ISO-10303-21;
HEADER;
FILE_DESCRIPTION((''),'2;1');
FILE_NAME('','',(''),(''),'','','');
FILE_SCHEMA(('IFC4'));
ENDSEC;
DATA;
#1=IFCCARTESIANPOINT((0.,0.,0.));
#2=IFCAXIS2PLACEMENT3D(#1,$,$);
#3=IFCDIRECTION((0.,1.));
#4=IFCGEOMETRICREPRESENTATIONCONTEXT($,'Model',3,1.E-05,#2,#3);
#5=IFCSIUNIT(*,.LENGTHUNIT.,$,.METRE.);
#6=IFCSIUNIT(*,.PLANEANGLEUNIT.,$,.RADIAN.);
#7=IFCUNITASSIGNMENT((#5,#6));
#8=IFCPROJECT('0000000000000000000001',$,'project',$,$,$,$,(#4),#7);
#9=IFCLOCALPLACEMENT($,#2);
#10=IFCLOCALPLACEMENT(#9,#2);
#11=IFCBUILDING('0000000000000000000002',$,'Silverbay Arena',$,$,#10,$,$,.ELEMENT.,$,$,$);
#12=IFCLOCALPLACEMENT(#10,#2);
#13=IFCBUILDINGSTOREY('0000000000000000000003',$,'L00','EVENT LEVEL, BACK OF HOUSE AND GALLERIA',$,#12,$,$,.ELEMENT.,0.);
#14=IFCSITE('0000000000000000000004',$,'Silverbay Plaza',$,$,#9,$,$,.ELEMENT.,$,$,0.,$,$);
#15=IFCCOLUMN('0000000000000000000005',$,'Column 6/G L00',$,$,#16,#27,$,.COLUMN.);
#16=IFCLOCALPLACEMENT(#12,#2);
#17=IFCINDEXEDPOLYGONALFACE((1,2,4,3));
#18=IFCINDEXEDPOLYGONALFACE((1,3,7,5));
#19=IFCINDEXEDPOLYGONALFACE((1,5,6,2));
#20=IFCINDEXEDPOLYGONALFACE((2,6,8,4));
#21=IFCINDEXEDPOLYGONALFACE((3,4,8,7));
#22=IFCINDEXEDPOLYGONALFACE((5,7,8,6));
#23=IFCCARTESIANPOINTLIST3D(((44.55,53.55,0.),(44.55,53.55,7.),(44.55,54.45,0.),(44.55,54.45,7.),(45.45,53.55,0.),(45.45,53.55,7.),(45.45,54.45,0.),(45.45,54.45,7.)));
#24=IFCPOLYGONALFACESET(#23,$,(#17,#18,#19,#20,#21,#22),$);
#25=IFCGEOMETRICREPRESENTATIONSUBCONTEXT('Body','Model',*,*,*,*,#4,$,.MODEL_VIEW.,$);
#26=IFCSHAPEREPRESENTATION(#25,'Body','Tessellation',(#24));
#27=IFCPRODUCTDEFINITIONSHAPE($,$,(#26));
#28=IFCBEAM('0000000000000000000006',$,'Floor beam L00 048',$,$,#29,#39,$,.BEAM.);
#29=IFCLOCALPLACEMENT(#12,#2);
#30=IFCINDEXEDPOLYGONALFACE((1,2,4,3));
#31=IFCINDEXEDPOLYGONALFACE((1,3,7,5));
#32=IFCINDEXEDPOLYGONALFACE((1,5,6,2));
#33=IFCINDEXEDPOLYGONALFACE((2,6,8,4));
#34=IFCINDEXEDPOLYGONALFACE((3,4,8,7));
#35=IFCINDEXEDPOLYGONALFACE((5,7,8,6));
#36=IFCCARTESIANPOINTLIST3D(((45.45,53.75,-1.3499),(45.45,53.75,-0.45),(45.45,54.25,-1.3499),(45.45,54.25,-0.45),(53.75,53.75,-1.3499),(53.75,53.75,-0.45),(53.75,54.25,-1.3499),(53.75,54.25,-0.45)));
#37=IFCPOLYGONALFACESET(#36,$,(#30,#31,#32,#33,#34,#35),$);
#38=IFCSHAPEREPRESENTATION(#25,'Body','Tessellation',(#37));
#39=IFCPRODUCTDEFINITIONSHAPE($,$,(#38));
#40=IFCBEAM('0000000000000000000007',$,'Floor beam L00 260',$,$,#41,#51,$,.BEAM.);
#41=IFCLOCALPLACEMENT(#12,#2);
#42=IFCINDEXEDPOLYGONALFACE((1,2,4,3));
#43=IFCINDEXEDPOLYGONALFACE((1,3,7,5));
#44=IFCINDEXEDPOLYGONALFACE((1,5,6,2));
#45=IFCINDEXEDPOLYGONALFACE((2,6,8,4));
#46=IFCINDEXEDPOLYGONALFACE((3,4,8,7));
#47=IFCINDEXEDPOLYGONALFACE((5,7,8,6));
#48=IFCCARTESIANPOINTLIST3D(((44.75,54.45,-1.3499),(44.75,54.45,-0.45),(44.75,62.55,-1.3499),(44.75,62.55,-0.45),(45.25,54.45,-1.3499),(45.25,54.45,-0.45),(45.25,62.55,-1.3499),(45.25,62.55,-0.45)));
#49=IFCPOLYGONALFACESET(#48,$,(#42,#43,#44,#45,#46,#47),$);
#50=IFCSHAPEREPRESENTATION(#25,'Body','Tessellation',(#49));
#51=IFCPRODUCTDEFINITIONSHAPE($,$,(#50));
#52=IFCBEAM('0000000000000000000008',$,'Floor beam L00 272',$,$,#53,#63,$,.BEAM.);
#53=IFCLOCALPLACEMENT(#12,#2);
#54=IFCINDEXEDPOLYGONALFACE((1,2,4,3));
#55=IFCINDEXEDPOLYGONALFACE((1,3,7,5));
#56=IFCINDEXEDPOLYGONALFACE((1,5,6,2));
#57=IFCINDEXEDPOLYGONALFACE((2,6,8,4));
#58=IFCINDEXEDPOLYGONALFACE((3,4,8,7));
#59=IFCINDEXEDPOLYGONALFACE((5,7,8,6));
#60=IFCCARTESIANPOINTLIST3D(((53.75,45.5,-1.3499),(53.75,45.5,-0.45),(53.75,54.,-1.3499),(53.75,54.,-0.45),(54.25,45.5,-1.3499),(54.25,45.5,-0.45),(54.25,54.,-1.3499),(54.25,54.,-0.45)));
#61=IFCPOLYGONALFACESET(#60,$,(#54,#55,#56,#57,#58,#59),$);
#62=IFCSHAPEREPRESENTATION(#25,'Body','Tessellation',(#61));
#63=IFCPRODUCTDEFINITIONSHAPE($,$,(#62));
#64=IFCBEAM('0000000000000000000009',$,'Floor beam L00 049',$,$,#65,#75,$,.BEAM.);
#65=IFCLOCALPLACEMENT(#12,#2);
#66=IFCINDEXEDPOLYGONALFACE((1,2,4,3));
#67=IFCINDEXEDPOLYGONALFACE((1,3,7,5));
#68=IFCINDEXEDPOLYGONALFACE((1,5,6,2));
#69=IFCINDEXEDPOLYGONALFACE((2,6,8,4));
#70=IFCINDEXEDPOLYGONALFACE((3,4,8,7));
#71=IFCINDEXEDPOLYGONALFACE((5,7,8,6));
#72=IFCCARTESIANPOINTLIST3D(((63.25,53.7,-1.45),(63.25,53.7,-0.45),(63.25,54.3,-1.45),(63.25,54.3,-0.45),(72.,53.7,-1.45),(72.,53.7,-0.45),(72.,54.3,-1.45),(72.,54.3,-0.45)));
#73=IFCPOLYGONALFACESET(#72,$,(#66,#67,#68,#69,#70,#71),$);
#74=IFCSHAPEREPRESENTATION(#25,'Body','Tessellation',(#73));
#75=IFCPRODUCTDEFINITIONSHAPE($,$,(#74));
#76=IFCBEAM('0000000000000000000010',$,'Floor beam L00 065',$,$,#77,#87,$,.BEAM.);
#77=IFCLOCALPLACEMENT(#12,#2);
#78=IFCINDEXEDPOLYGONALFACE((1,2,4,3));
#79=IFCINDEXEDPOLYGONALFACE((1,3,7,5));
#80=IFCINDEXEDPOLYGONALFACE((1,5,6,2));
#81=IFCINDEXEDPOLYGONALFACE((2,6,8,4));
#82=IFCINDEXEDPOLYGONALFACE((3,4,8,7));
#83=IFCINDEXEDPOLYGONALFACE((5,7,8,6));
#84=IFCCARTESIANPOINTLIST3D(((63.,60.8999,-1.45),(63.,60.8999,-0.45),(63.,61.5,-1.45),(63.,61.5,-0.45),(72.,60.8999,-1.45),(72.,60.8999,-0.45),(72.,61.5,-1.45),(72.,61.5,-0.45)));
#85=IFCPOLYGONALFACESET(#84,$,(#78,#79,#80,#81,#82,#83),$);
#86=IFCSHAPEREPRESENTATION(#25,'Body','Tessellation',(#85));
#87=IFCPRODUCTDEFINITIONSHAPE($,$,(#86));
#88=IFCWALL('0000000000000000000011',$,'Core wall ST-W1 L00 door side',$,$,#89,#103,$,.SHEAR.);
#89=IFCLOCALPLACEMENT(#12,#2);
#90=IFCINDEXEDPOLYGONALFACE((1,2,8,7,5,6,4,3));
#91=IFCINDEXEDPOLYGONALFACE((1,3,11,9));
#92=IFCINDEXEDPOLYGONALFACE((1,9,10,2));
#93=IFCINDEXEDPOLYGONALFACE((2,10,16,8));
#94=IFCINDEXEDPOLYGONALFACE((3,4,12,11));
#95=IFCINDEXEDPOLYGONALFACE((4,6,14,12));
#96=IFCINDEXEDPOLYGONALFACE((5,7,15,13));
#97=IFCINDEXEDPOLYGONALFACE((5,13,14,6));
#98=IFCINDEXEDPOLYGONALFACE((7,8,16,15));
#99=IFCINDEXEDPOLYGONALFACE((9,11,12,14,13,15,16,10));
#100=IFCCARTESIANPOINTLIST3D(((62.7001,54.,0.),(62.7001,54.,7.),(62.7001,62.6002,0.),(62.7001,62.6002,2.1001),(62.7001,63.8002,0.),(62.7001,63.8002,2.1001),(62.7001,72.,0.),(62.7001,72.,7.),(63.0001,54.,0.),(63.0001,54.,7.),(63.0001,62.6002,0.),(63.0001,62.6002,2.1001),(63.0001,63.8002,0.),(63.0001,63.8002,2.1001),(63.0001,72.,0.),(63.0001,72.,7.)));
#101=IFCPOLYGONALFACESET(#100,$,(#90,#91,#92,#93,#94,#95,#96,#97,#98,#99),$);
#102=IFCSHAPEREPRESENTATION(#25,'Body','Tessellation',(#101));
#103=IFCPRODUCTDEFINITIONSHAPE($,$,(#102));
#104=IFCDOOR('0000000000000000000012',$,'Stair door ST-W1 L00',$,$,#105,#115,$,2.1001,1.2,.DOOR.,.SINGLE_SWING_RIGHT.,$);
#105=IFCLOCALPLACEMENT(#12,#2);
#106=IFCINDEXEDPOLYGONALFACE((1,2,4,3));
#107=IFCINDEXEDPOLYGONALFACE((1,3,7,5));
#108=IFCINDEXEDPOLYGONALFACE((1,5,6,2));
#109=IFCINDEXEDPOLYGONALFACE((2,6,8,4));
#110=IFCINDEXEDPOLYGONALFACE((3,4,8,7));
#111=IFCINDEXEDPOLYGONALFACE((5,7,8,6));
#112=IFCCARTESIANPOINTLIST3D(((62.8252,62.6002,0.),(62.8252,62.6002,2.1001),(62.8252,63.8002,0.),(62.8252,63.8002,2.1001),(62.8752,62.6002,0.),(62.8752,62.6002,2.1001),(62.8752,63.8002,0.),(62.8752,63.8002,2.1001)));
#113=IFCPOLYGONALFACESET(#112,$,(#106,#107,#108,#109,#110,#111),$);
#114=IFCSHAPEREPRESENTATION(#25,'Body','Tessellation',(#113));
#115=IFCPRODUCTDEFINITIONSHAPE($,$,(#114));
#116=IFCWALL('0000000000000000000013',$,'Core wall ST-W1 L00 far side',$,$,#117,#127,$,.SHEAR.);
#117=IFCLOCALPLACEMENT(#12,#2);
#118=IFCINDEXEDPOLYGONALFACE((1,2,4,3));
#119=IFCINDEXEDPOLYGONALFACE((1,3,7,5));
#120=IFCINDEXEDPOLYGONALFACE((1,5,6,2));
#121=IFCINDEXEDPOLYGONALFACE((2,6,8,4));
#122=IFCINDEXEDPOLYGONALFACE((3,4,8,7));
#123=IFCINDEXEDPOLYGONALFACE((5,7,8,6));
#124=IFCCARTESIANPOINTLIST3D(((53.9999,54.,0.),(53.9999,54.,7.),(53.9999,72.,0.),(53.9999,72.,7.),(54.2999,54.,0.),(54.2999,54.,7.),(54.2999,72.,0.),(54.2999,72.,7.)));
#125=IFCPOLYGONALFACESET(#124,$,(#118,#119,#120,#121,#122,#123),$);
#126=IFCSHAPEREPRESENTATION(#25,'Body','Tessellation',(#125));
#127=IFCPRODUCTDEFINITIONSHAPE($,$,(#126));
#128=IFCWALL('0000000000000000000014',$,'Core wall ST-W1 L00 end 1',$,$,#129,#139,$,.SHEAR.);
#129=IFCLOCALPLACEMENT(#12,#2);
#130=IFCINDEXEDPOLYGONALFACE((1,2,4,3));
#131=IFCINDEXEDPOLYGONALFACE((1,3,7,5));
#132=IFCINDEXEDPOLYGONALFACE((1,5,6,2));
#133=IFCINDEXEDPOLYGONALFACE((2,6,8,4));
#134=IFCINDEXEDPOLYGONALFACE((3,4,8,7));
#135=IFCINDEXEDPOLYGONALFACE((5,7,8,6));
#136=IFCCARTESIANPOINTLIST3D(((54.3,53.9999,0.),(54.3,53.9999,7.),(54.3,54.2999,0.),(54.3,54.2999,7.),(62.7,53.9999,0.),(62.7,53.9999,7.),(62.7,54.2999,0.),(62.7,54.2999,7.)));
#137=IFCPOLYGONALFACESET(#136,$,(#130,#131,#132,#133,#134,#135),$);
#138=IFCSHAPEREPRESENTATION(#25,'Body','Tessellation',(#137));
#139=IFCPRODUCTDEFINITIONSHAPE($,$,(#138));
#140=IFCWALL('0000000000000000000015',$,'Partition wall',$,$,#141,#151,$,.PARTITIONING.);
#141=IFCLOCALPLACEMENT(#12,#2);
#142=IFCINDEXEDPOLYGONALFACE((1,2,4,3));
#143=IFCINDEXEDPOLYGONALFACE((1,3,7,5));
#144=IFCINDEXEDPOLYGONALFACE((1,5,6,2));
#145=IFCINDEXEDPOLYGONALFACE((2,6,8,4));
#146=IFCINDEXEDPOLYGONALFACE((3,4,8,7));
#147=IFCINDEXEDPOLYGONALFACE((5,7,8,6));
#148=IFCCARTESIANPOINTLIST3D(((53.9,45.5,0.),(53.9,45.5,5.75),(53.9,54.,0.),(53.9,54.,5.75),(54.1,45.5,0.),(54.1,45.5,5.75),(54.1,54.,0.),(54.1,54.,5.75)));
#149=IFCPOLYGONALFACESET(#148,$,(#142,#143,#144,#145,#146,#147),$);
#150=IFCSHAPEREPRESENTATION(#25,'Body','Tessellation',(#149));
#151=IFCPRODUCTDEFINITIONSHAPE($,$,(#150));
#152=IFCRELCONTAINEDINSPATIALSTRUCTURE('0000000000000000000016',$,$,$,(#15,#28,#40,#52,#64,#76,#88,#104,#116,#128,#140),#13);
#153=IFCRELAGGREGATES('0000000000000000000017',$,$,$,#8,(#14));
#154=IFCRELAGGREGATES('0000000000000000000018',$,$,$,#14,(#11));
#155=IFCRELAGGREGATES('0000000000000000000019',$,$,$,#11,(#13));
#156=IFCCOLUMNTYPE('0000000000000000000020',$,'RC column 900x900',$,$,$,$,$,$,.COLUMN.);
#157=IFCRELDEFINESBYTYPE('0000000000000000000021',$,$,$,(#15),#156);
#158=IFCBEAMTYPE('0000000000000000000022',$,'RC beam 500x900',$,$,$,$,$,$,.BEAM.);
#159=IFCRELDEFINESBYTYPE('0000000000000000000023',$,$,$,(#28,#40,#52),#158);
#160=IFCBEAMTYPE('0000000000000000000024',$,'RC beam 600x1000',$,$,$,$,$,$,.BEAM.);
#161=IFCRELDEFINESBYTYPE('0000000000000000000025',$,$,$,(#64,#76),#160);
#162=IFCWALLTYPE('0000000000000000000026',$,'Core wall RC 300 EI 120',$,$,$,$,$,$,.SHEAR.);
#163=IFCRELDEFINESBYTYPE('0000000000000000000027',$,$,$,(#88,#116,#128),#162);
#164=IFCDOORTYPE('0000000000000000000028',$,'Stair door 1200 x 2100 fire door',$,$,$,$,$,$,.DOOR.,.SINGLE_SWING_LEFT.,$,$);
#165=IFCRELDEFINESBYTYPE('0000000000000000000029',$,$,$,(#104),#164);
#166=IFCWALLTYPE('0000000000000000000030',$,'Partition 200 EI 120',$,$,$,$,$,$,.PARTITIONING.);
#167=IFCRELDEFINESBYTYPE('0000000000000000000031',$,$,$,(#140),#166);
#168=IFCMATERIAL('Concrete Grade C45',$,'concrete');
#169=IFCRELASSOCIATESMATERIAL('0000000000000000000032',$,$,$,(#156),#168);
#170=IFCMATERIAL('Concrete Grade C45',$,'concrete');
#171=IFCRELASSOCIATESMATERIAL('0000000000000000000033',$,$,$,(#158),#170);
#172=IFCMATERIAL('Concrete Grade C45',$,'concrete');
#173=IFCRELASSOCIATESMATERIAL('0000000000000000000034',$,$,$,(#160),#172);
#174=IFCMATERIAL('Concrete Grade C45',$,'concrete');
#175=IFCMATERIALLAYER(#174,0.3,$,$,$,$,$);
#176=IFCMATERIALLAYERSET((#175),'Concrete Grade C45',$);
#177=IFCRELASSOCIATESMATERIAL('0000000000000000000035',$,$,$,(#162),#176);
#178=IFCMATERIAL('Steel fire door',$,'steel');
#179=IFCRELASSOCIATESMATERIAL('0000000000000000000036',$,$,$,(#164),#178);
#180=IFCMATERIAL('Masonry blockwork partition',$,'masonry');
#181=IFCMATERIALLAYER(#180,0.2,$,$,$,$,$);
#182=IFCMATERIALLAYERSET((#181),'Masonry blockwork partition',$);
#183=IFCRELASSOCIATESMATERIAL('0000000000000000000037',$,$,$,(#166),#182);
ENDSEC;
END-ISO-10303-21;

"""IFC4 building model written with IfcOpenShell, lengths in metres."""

from ifc_helpers import new_model, si_unit, direction, frame, frame_2d, origin, origin_2d, place, context, subcontext, project, spatial, rectangle, extrude, material, layer, layer_set, material_profile, profile_set, type_object, element, fill, save


model = new_model("IFC4")

# Units and contexts
model_context = context("Model", 3, precision=1e-05, world=origin(), true_north=direction((0.0, 1.0)))
body_context = subcontext(model_context, "Body", "Model", "MODEL_VIEW")
ifc_project = project(units=[si_unit("LENGTHUNIT", "METRE"), si_unit("PLANEANGLEUNIT", "RADIAN")], contexts=[model_context])

# Site, building, storey
site_placement = place(None, origin())
site = spatial("IfcSite", under=ifc_project, at=site_placement, Name="Silverbay Plaza", CompositionType="ELEMENT", RefElevation=0.0)
building_placement = place(site_placement, origin())
building = spatial("IfcBuilding", under=site, at=building_placement, Name="Silverbay Arena", CompositionType="ELEMENT")
storey_placement = place(building_placement, origin())
storey = spatial("IfcBuildingStorey", under=building, at=storey_placement, Name="L00", Description="EVENT LEVEL, BACK OF HOUSE AND GALLERIA", CompositionType="ELEMENT", Elevation=0.0)

# Column
ifc_material_1 = material(Name="Concrete Grade C45", Category="concrete")
ifc_material_profile_1 = material_profile(ifc_material_1, rectangle(XDim=0.8999, YDim=0.8999, at=origin_2d()), Name="RC 900x900")
ifc_profile_set_1 = profile_set([ifc_material_profile_1], Name="Concrete Grade C45")
column_type = type_object("IfcColumnType", Name="RC column 900x900", PredefinedType="COLUMN", material=ifc_profile_set_1)
column_placement = place(storey_placement, frame((45.0, 54.0, 0.0), z_axis=(0.0, 0.0, 1.0), x_axis=(1.0, 0.0, 0.0)))
element("IfcColumn", 1, at=column_placement, inside=storey, type_object=column_type, Name="Column 6/G L00", PredefinedType="COLUMN", context=body_context, shape_type="SweptSolid", body=[
    extrude(rectangle(XDim=0.8999, YDim=0.8999, at=origin_2d()), origin(), (0.0, 0.0, 1.0), 7.0),
])

# Beams
ifc_material_2 = material(Name="Concrete Grade C45", Category="concrete")
ifc_material_profile_2 = material_profile(ifc_material_2, rectangle(XDim=0.5, YDim=0.8999, at=origin_2d()), Name="RC 500x900")
ifc_profile_set_2 = profile_set([ifc_material_profile_2], Name="Concrete Grade C45")
beam_type_1 = type_object("IfcBeamType", Name="RC beam 500x900", PredefinedType="BEAM", material=ifc_profile_set_2)
beam_1_placement = place(storey_placement, frame((45.45, 54.0, -0.8999), z_axis=(1.0, 0.0, 0.0), x_axis=(0.0, 1.0, 0.0)))
element("IfcBeam", 2, at=beam_1_placement, inside=storey, type_object=beam_type_1, Name="Floor beam L00 048", PredefinedType="BEAM", context=body_context, shape_type="SweptSolid", body=[
    extrude(rectangle(XDim=0.5, YDim=0.8999, at=origin_2d()), origin(), (0.0, 0.0, 1.0), 8.3),
])
beam_2_placement = place(storey_placement, frame((45.0, 54.45, -0.8999), z_axis=(0.0, 1.0, 0.0), x_axis=(-1.0, 0.0, 0.0)))
element("IfcBeam", 3, at=beam_2_placement, inside=storey, type_object=beam_type_1, Name="Floor beam L00 260", PredefinedType="BEAM", context=body_context, shape_type="SweptSolid", body=[
    extrude(rectangle(XDim=0.5, YDim=0.8999, at=origin_2d()), origin(), (0.0, 0.0, 1.0), 8.1001),
])
beam_3_placement = place(storey_placement, frame((54.0, 45.5, -0.8999), z_axis=(0.0, 1.0, 0.0), x_axis=(-1.0, 0.0, 0.0)))
element("IfcBeam", 4, at=beam_3_placement, inside=storey, type_object=beam_type_1, Name="Floor beam L00 272", PredefinedType="BEAM", context=body_context, shape_type="SweptSolid", body=[
    extrude(rectangle(XDim=0.5, YDim=0.8999, at=origin_2d()), origin(), (0.0, 0.0, 1.0), 8.5),
])
ifc_material_3 = material(Name="Concrete Grade C45", Category="concrete")
ifc_material_profile_3 = material_profile(ifc_material_3, rectangle(XDim=0.6001, YDim=1.0, at=origin_2d()), Name="RC 600x1000")
ifc_profile_set_3 = profile_set([ifc_material_profile_3], Name="Concrete Grade C45")
beam_type_2 = type_object("IfcBeamType", Name="RC beam 600x1000", PredefinedType="BEAM", material=ifc_profile_set_3)
beam_4_placement = place(storey_placement, frame((63.25, 54.0, -0.95), z_axis=(1.0, 0.0, 0.0), x_axis=(0.0, 1.0, 0.0)))
element("IfcBeam", 5, at=beam_4_placement, inside=storey, type_object=beam_type_2, Name="Floor beam L00 049", PredefinedType="BEAM", context=body_context, shape_type="SweptSolid", body=[
    extrude(rectangle(XDim=0.6001, YDim=1.0, at=origin_2d()), origin(), (0.0, 0.0, 1.0), 8.75),
])
beam_5_placement = place(storey_placement, frame((63.0, 61.2, -0.95), z_axis=(1.0, 0.0, 0.0), x_axis=(0.0, 1.0, 0.0)))
element("IfcBeam", 6, at=beam_5_placement, inside=storey, type_object=beam_type_2, Name="Floor beam L00 065", PredefinedType="BEAM", context=body_context, shape_type="SweptSolid", body=[
    extrude(rectangle(XDim=0.6001, YDim=1.0, at=origin_2d()), origin(), (0.0, 0.0, 1.0), 9.0),
])

# Wall, opening, door
ifc_material_4 = material(Name="Concrete Grade C45", Category="concrete")
ifc_layer_1 = layer(ifc_material_4, 0.3)
ifc_layer_set_1 = layer_set([ifc_layer_1], Name="Concrete Grade C45")
wall_type_1 = type_object("IfcWallType", Name="Core wall RC 300 EI 120", PredefinedType="SHEAR", material=ifc_layer_set_1)
wall_1_placement = place(storey_placement, frame((62.8501, 54.0, 0.0), z_axis=(0.0, 0.0, 1.0), x_axis=(0.0, 1.0, 0.0)))
wall_1 = element("IfcWall", 7, at=wall_1_placement, inside=storey, type_object=wall_type_1, Name="Core wall ST-W1 L00 door side", PredefinedType="SHEAR", context=body_context, shape_type="SweptSolid", body=[
    extrude(rectangle(XDim=18.0, YDim=0.3, at=frame_2d((9.0, 0.0))), origin(), (0.0, 0.0, 1.0), 7.0),
])
opening_1_placement = place(wall_1_placement, frame((8.6001, 0.0, 0.0)))
opening_1 = element("IfcOpeningElement", 8, at=opening_1_placement, cuts=wall_1, PredefinedType="OPENING", context=body_context, shape_type="SweptSolid", body=[
    extrude(rectangle(XDim=1.2, YDim=2.1001, at=frame_2d((0.6001, 1.05))), frame((0.0, 0.1602, 0.0), z_axis=(0.0, -1.0, 0.0), x_axis=(1.0, 0.0, 0.0)), (0.0, 0.0, 1.0), 0.3201),
])
ifc_material_5 = material(Name="Steel fire door", Category="steel")
door_type_1 = type_object("IfcDoorType", Name="Stair door 1200 x 2100 fire door", OperationType="SINGLE_SWING_LEFT", PredefinedType="DOOR", material=ifc_material_5)
door_1_placement = place(opening_1_placement, origin())
door_1 = element("IfcDoor", 9, at=door_1_placement, inside=storey, type_object=door_type_1, Name="Stair door ST-W1 L00", OperationType="SINGLE_SWING_RIGHT", OverallHeight=2.1001, OverallWidth=1.2, PredefinedType="DOOR", context=body_context, shape_type="SweptSolid", body=[
    extrude(rectangle(XDim=1.2, YDim=2.1001, at=frame_2d((0.6001, 1.05))), frame((0.0, 0.0249, 0.0), z_axis=(0.0, -1.0, 0.0), x_axis=(1.0, 0.0, 0.0)), (0.0, 0.0, 1.0), 0.05),
])
fill(opening_1, door_1)

# Walls
wall_2_placement = place(storey_placement, frame((54.1499, 54.0, 0.0), z_axis=(0.0, 0.0, 1.0), x_axis=(0.0, 1.0, 0.0)))
element("IfcWall", 10, at=wall_2_placement, inside=storey, type_object=wall_type_1, Name="Core wall ST-W1 L00 far side", PredefinedType="SHEAR", context=body_context, shape_type="SweptSolid", body=[
    extrude(rectangle(XDim=18.0, YDim=0.3, at=frame_2d((9.0, 0.0))), origin(), (0.0, 0.0, 1.0), 7.0),
])
wall_3_placement = place(storey_placement, frame((62.7, 54.1499, 0.0), z_axis=(0.0, 0.0, 1.0), x_axis=(-1.0, 0.0, 0.0)))
element("IfcWall", 11, at=wall_3_placement, inside=storey, type_object=wall_type_1, Name="Core wall ST-W1 L00 end 1", PredefinedType="SHEAR", context=body_context, shape_type="SweptSolid", body=[
    extrude(rectangle(XDim=8.3999, YDim=0.3, at=frame_2d((4.2, 0.0))), origin(), (0.0, 0.0, 1.0), 7.0),
])
ifc_material_6 = material(Name="Masonry blockwork partition", Category="masonry")
ifc_layer_2 = layer(ifc_material_6, 0.2)
ifc_layer_set_2 = layer_set([ifc_layer_2], Name="Masonry blockwork partition")
wall_type_2 = type_object("IfcWallType", Name="Partition 200 EI 120", PredefinedType="PARTITIONING", material=ifc_layer_set_2)
wall_4_placement = place(storey_placement, frame((54.0, 45.5, 0.0), z_axis=(0.0, 0.0, 1.0), x_axis=(0.0, 1.0, 0.0)))
element("IfcWall", 12, at=wall_4_placement, inside=storey, type_object=wall_type_2, Name="Partition wall", PredefinedType="PARTITIONING", context=body_context, shape_type="SweptSolid", body=[
    extrude(rectangle(XDim=8.5, YDim=0.2, at=frame_2d((4.25, 0.0))), origin(), (0.0, 0.0, 1.0), 5.75),
])

save(model, "model.ifc")
